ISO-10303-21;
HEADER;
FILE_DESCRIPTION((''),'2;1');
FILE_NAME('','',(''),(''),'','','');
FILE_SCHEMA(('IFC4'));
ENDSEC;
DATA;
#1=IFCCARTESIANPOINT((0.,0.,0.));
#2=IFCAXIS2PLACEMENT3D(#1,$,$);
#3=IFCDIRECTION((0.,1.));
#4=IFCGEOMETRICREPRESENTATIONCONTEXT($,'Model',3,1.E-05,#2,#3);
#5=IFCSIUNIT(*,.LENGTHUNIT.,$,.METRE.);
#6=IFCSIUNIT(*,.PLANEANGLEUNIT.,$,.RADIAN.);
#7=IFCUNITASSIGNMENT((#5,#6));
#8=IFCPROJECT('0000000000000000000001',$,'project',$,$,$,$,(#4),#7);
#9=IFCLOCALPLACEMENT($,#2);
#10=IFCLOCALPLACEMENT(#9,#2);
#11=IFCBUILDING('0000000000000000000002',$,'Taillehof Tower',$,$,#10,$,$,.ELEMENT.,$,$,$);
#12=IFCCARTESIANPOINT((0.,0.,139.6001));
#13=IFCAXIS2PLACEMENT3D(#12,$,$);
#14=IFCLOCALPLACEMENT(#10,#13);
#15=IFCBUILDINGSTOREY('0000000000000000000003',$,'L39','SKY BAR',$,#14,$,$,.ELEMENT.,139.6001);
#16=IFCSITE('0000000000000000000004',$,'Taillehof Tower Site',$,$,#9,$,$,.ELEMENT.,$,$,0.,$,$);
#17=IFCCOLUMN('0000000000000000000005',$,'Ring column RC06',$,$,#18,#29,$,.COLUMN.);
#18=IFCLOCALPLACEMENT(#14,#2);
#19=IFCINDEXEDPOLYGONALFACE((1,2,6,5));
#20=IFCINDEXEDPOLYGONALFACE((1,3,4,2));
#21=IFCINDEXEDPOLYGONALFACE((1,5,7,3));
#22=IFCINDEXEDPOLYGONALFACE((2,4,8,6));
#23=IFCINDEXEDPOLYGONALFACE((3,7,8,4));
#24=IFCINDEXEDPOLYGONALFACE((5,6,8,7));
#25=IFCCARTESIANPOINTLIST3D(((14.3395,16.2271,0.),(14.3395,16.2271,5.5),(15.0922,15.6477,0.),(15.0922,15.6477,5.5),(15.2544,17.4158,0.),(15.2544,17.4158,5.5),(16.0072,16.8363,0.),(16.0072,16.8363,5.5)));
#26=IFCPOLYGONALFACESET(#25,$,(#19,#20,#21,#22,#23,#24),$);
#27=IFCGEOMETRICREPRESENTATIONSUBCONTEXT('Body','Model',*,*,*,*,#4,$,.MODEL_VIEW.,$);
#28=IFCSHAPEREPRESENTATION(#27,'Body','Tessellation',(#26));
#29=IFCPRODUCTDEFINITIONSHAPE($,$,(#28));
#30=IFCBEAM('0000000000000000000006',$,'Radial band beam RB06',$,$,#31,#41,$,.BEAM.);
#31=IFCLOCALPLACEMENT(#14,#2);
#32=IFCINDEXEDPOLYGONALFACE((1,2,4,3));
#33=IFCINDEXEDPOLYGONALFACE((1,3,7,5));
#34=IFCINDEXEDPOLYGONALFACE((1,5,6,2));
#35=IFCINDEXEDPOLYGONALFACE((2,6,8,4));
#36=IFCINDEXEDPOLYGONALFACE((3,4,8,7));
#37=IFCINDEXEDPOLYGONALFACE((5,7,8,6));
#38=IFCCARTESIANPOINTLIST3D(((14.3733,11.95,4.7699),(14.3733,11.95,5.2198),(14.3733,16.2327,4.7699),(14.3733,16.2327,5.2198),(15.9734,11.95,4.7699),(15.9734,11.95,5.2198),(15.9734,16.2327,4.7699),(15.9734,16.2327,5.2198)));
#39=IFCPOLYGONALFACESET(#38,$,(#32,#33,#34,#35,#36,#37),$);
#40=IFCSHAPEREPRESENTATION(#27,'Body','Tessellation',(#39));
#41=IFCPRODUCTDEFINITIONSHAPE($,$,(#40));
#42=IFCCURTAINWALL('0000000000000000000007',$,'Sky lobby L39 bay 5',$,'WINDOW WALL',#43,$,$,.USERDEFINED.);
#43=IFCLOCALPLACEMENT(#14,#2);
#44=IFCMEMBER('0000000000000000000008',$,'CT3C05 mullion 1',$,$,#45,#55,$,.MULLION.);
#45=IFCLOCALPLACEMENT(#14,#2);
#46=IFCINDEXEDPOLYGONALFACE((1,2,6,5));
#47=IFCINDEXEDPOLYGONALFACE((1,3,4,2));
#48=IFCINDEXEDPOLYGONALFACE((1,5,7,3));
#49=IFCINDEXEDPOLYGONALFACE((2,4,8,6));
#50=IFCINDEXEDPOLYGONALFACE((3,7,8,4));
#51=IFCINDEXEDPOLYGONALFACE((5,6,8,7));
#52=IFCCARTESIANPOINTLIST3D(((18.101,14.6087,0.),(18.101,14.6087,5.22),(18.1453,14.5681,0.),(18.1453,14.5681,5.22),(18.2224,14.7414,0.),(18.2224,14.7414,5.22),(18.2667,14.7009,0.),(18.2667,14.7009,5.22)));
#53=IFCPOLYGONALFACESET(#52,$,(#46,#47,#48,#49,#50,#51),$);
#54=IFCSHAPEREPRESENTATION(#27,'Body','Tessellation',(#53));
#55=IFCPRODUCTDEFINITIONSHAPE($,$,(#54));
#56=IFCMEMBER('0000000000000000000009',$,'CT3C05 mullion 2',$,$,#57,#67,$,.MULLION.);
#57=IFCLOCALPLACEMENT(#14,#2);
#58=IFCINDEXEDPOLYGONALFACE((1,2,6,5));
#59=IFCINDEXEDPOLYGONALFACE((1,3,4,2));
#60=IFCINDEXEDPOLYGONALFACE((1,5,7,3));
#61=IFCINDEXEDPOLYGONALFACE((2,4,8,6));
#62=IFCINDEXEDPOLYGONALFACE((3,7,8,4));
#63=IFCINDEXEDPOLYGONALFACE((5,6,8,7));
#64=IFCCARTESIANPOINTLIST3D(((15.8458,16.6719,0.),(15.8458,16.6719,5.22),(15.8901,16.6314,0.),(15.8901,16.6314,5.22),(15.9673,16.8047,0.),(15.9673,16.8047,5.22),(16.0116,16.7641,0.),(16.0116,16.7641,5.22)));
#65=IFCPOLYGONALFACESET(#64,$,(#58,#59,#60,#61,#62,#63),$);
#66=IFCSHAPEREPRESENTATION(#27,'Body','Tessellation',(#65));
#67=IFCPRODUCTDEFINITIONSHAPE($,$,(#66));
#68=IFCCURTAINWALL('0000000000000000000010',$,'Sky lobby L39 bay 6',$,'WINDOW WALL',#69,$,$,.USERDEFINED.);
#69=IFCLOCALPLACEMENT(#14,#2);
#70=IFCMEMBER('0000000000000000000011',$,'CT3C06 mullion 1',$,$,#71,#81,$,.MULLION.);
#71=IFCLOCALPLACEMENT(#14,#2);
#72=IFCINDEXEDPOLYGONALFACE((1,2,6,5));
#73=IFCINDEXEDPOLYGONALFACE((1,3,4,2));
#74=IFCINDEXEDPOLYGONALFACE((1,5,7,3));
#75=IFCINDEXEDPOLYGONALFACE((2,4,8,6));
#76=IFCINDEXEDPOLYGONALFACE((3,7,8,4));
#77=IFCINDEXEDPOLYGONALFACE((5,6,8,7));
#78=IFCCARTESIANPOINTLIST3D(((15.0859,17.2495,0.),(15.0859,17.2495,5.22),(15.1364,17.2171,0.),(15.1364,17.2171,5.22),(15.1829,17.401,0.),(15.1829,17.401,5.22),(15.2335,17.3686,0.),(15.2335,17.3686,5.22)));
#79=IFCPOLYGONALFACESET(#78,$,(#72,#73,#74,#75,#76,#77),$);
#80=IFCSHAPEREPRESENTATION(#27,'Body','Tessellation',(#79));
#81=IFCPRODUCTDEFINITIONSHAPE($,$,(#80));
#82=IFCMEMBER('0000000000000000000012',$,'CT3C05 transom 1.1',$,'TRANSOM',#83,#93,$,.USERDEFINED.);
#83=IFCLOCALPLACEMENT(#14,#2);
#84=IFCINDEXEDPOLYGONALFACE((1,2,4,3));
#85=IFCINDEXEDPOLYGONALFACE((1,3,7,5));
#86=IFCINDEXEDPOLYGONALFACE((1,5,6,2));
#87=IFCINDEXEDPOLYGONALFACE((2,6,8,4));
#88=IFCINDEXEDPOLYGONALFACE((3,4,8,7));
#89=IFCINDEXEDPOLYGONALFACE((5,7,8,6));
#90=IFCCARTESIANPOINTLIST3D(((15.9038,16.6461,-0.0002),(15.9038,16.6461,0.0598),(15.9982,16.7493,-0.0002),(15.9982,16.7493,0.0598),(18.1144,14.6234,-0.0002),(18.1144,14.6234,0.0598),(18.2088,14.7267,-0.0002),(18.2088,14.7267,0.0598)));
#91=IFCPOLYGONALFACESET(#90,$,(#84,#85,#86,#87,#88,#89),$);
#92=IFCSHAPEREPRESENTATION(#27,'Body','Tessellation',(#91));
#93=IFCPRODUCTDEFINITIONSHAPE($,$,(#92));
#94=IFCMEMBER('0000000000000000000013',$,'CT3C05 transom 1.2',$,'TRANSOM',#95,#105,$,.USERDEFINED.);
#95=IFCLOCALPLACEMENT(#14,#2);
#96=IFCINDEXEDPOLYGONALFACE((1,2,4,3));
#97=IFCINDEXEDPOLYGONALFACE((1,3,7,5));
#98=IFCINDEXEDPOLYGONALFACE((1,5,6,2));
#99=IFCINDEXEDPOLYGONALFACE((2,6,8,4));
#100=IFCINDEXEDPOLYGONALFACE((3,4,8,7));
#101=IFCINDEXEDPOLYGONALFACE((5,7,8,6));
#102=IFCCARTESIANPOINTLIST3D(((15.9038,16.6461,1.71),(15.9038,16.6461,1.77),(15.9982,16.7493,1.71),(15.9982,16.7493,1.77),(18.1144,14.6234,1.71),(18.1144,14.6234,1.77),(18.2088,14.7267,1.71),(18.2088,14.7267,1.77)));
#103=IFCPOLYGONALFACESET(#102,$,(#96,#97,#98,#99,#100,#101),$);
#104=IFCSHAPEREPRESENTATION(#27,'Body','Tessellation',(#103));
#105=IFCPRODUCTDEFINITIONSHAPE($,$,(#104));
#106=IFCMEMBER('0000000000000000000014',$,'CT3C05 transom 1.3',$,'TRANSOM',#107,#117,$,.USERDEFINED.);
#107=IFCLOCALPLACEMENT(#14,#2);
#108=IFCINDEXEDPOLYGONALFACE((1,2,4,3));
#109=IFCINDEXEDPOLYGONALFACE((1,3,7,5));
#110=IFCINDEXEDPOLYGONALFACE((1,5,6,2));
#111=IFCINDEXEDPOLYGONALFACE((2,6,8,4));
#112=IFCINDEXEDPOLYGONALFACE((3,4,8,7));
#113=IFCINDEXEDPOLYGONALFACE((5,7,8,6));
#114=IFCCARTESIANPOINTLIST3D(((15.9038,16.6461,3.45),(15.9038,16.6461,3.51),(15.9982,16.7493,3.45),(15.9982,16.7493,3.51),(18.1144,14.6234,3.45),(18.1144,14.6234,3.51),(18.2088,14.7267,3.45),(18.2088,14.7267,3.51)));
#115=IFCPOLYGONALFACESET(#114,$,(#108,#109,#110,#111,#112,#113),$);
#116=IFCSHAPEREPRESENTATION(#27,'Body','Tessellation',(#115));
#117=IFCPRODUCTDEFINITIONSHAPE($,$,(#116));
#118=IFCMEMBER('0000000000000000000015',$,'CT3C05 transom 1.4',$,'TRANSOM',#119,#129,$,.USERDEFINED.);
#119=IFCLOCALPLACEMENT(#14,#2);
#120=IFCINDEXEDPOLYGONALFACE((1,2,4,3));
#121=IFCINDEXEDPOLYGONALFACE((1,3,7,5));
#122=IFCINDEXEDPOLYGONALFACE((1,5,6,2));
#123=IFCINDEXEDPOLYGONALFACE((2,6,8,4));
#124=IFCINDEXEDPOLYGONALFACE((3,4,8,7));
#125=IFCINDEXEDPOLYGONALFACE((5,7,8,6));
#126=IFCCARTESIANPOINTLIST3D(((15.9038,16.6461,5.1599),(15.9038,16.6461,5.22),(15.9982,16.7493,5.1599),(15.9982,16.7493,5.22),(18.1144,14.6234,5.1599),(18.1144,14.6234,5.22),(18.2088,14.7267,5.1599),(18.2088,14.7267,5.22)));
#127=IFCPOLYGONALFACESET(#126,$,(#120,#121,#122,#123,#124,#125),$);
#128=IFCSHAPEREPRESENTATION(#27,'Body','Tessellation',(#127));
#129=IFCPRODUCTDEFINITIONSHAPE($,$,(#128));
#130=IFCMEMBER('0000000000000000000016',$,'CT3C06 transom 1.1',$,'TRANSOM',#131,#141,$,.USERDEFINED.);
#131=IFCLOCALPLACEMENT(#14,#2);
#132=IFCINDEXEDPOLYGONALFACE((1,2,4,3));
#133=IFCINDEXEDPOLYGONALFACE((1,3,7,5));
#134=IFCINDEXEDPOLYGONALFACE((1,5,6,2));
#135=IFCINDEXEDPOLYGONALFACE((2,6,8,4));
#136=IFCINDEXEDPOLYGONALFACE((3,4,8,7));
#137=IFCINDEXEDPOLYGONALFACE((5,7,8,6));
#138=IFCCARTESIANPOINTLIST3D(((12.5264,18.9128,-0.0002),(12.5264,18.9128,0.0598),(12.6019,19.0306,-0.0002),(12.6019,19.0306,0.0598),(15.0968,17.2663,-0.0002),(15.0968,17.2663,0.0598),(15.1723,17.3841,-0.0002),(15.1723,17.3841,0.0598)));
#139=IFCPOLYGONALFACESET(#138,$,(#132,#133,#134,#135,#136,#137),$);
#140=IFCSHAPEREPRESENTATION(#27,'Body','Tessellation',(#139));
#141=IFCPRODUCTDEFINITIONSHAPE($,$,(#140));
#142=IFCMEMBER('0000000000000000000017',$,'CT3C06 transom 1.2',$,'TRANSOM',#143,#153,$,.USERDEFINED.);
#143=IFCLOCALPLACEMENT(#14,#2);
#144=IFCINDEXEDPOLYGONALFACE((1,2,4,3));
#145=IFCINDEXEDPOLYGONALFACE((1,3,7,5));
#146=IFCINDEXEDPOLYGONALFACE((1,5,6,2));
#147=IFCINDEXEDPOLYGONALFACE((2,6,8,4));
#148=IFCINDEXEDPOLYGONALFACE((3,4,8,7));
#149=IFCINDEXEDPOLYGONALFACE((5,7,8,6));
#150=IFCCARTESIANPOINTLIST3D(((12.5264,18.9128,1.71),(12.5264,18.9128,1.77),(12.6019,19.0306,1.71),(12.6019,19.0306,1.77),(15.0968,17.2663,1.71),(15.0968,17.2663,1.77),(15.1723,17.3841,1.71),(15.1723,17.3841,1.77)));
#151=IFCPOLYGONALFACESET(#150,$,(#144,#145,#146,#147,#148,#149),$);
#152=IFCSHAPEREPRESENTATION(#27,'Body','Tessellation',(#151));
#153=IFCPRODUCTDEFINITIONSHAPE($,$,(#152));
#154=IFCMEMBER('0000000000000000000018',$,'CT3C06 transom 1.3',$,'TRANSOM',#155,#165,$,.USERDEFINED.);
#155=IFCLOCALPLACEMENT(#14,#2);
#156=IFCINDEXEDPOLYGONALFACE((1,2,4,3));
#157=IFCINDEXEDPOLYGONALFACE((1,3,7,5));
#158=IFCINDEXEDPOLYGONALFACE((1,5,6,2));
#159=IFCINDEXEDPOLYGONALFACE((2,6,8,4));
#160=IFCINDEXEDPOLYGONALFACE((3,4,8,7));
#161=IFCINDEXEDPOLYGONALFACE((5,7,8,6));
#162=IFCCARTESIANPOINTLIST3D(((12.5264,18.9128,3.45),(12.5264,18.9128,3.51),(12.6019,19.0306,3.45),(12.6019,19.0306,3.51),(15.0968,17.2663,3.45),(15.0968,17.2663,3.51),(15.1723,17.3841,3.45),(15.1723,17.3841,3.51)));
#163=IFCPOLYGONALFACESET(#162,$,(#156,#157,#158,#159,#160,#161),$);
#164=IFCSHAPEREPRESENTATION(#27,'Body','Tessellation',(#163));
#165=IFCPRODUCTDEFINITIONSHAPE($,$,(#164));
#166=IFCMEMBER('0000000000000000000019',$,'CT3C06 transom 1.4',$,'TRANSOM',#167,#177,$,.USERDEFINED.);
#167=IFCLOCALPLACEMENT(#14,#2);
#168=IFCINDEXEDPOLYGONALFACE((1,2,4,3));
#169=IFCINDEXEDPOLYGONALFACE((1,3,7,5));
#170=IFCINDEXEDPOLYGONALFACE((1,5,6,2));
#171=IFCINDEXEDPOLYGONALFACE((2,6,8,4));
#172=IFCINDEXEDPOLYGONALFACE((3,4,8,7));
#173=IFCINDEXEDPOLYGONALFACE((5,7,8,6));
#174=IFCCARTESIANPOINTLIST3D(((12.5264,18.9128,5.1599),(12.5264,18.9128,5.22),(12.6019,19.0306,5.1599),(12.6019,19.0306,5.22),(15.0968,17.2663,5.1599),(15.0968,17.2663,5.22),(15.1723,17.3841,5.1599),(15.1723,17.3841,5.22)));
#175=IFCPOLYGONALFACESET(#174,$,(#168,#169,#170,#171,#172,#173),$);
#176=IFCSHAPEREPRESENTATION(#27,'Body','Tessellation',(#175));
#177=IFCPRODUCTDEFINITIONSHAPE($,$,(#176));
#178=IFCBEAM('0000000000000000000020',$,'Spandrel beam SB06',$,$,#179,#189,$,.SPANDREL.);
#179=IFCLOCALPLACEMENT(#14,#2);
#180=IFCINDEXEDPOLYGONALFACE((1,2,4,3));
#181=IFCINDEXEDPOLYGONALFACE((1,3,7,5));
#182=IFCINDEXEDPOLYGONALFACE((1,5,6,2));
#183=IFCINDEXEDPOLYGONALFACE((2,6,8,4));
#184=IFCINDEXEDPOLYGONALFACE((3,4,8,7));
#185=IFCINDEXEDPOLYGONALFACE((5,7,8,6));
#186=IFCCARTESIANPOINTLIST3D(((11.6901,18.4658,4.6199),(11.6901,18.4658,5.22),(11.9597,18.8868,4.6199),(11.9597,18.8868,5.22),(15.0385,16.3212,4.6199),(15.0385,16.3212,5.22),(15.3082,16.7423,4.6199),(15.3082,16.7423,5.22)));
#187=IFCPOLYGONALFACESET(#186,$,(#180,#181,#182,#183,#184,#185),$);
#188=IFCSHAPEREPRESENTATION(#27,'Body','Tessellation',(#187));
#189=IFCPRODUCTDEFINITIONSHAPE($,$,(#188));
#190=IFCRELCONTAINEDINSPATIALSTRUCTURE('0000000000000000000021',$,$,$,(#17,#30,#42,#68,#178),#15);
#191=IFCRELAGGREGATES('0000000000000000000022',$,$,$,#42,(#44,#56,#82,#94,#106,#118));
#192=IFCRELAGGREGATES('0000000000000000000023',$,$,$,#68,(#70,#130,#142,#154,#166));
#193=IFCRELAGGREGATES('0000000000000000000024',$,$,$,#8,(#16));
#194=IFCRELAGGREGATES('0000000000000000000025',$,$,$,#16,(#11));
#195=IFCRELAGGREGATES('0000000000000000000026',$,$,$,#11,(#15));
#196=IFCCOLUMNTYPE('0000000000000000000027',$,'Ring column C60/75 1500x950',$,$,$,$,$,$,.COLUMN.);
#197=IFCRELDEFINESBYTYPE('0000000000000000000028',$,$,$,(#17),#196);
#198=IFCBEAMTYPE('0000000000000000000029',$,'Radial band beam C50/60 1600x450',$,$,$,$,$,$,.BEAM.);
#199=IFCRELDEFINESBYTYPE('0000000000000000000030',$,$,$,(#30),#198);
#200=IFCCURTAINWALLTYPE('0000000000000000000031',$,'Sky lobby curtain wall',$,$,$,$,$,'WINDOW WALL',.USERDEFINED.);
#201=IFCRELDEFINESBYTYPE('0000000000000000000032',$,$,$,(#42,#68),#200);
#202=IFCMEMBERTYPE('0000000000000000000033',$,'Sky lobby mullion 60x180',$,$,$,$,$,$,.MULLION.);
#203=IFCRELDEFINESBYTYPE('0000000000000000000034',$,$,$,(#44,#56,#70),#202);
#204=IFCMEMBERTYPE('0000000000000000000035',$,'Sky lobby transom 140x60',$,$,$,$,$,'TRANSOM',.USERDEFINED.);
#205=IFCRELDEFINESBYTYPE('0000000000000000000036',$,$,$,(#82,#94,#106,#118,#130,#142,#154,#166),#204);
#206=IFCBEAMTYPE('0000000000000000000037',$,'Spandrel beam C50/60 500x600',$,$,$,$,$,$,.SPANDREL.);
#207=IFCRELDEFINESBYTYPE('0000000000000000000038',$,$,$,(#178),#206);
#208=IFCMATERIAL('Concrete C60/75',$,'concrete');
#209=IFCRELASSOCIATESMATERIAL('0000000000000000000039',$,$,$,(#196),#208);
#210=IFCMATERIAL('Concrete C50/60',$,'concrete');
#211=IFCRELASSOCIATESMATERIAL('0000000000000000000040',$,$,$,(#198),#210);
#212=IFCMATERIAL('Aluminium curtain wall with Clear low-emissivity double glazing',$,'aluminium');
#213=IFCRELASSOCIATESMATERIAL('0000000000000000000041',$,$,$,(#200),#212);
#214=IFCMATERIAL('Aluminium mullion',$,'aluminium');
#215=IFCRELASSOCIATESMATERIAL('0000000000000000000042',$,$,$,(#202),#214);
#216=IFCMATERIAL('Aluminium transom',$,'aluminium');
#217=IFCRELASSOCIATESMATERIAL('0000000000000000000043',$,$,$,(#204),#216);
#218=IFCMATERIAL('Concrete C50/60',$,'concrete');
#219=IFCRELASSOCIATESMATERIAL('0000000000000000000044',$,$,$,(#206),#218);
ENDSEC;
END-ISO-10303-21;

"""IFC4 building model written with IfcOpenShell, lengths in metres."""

from ifc_helpers import new_model, si_unit, direction, frame, origin, origin_2d, place, context, subcontext, project, spatial, rectangle, extrude, material, material_profile, profile_set, type_object, element, aggregate, save


model = new_model("IFC4")

# Units and contexts
model_context = context("Model", 3, precision=1e-05, world=origin(), true_north=direction((0.0, 1.0)))
body_context = subcontext(model_context, "Body", "Model", "MODEL_VIEW")
ifc_project = project(units=[si_unit("LENGTHUNIT", "METRE"), si_unit("PLANEANGLEUNIT", "RADIAN")], contexts=[model_context])

# Site, building, storey
site_placement = place(None, origin())
site = spatial("IfcSite", under=ifc_project, at=site_placement, Name="Taillehof Tower Site", CompositionType="ELEMENT", RefElevation=0.0)
building_placement = place(site_placement, origin())
building = spatial("IfcBuilding", under=site, at=building_placement, Name="Taillehof Tower", CompositionType="ELEMENT")
storey_placement = place(building_placement, frame((0.0, 0.0, 139.6001)))
storey = spatial("IfcBuildingStorey", under=building, at=storey_placement, Name="L39", Description="SKY BAR", CompositionType="ELEMENT", Elevation=139.6001)

# Column
ifc_material_1 = material(Name="Concrete C60/75", Category="concrete")
ifc_material_profile_1 = material_profile(ifc_material_1, rectangle(XDim=1.5, YDim=0.95, at=origin_2d()), Name="RC 1500x950")
ifc_profile_set_1 = profile_set([ifc_material_profile_1], Name="Concrete C60/75")
column_type = type_object("IfcColumnType", Name="Ring column C60/75 1500x950", PredefinedType="COLUMN", material=ifc_profile_set_1)
column_placement = place(storey_placement, frame((15.1733, 16.5317, 0.0), z_axis=(0.0, 0.0, 1.0), x_axis=(0.609971, 0.792424, 0.0)))
element("IfcColumn", 1, at=column_placement, inside=storey, type_object=column_type, Name="Ring column RC06", PredefinedType="COLUMN", context=body_context, shape_type="SweptSolid", body=[
    extrude(rectangle(XDim=1.5, YDim=0.95, at=origin_2d()), origin(), (0.0, 0.0, 1.0), 5.5),
])

# Beam
ifc_material_2 = material(Name="Concrete C50/60", Category="concrete")
ifc_material_profile_2 = material_profile(ifc_material_2, rectangle(XDim=1.6001, YDim=0.45, at=origin_2d()), Name="RC 1600x450")
ifc_profile_set_2 = profile_set([ifc_material_profile_2], Name="Concrete C50/60")
beam_type_1 = type_object("IfcBeamType", Name="Radial band beam C50/60 1600x450", PredefinedType="BEAM", material=ifc_profile_set_2)
beam_1_placement = place(storey_placement, frame((15.1733, 16.2327, 4.9949), z_axis=(0.0, -1.0, 0.0), x_axis=(1.0, 0.0, 0.0)))
element("IfcBeam", 2, at=beam_1_placement, inside=storey, type_object=beam_type_1, Name="Radial band beam RB06", PredefinedType="BEAM", context=body_context, shape_type="SweptSolid", body=[
    extrude(rectangle(XDim=1.6001, YDim=0.45, at=origin_2d()), origin(), (0.0, 0.0, 1.0), 4.2827),
])

# Curtain wall, members
ifc_material_3 = material(Name="Aluminium curtain wall with Clear low-emissivity double glazing", Category="aluminium")
curtain_wall_type = type_object("IfcCurtainWallType", Name="Sky lobby curtain wall", ElementType="WINDOW WALL", PredefinedType="USERDEFINED", material=ifc_material_3)
curtain_wall_1_placement = place(storey_placement, origin())
curtain_wall_1 = element("IfcCurtainWall", 3, at=curtain_wall_1_placement, inside=storey, type_object=curtain_wall_type, Name="Sky lobby L39 bay 5", ObjectType="WINDOW WALL", PredefinedType="USERDEFINED")
ifc_material_4 = material(Name="Aluminium mullion", Category="aluminium")
ifc_material_profile_3 = material_profile(ifc_material_4, rectangle(XDim=0.1799, YDim=0.0601, at=origin_2d()), Name="AL 60x180")
ifc_profile_set_3 = profile_set([ifc_material_profile_3], Name="Aluminium mullion")
member_type_1 = type_object("IfcMemberType", Name="Sky lobby mullion 60x180", PredefinedType="MULLION", material=ifc_profile_set_3)
member_1_placement = place(storey_placement, frame((18.1838, 14.6548, 0.0), z_axis=(0.0, 0.0, 1.0), x_axis=(-0.67499, -0.737827, 0.0)))
member_1 = element("IfcMember", 4, at=member_1_placement, type_object=member_type_1, Name="CT3C05 mullion 1", PredefinedType="MULLION", context=body_context, shape_type="SweptSolid", body=[
    extrude(rectangle(XDim=0.1799, YDim=0.0601, at=origin_2d()), origin(), (0.0, 0.0, 1.0), 5.22),
])
member_2_placement = place(storey_placement, frame((15.9287, 16.718, 0.0), z_axis=(0.0, 0.0, 1.0), x_axis=(-0.67499, -0.737827, 0.0)))
member_2 = element("IfcMember", 5, at=member_2_placement, type_object=member_type_1, Name="CT3C05 mullion 2", PredefinedType="MULLION", context=body_context, shape_type="SweptSolid", body=[
    extrude(rectangle(XDim=0.1799, YDim=0.0601, at=origin_2d()), origin(), (0.0, 0.0, 1.0), 5.22),
])

# Curtain wall, member
curtain_wall_2_placement = place(storey_placement, origin())
curtain_wall_2 = element("IfcCurtainWall", 6, at=curtain_wall_2_placement, inside=storey, type_object=curtain_wall_type, Name="Sky lobby L39 bay 6", ObjectType="WINDOW WALL", PredefinedType="USERDEFINED")
member_3_placement = place(storey_placement, frame((15.1597, 17.3091, 0.0), z_axis=(0.0, 0.0, 1.0), x_axis=(-0.539394, -0.842053, 0.0)))
member_3 = element("IfcMember", 7, at=member_3_placement, type_object=member_type_1, Name="CT3C06 mullion 1", PredefinedType="MULLION", context=body_context, shape_type="SweptSolid", body=[
    extrude(rectangle(XDim=0.1799, YDim=0.0601, at=origin_2d()), origin(), (0.0, 0.0, 1.0), 5.22),
])

# Members
ifc_material_5 = material(Name="Aluminium transom", Category="aluminium")
ifc_material_profile_4 = material_profile(ifc_material_5, rectangle(XDim=0.1399, YDim=0.0601, at=origin_2d()), Name="AL 140x60")
ifc_profile_set_4 = profile_set([ifc_material_profile_4], Name="Aluminium transom")
member_type_2 = type_object("IfcMemberType", Name="Sky lobby transom 140x60", ElementType="TRANSOM", PredefinedType="USERDEFINED", material=ifc_profile_set_4)
member_4_placement = place(storey_placement, frame((18.1616, 14.675, 0.0298), z_axis=(-0.73778, 0.675042, 0.0), x_axis=(-0.675042, -0.73778, 0.0)))
member_4 = element("IfcMember", 8, at=member_4_placement, type_object=member_type_2, Name="CT3C05 transom 1.1", ObjectType="TRANSOM", PredefinedType="USERDEFINED", context=body_context, shape_type="SweptSolid", body=[
    extrude(rectangle(XDim=0.1399, YDim=0.0601, at=origin_2d()), origin(), (0.0, 0.0, 1.0), 2.9963),
])
member_5_placement = place(storey_placement, frame((18.1616, 14.675, 1.74), z_axis=(-0.73778, 0.675042, 0.0), x_axis=(-0.675042, -0.73778, 0.0)))
member_5 = element("IfcMember", 9, at=member_5_placement, type_object=member_type_2, Name="CT3C05 transom 1.2", ObjectType="TRANSOM", PredefinedType="USERDEFINED", context=body_context, shape_type="SweptSolid", body=[
    extrude(rectangle(XDim=0.1399, YDim=0.0601, at=origin_2d()), origin(), (0.0, 0.0, 1.0), 2.9963),
])
member_6_placement = place(storey_placement, frame((18.1616, 14.675, 3.48), z_axis=(-0.73778, 0.675042, 0.0), x_axis=(-0.675042, -0.73778, 0.0)))
member_6 = element("IfcMember", 10, at=member_6_placement, type_object=member_type_2, Name="CT3C05 transom 1.3", ObjectType="TRANSOM", PredefinedType="USERDEFINED", context=body_context, shape_type="SweptSolid", body=[
    extrude(rectangle(XDim=0.1399, YDim=0.0601, at=origin_2d()), origin(), (0.0, 0.0, 1.0), 2.9963),
])
member_7_placement = place(storey_placement, frame((18.1616, 14.675, 5.1899), z_axis=(-0.73778, 0.675042, 0.0), x_axis=(-0.675042, -0.73778, 0.0)))
member_7 = element("IfcMember", 11, at=member_7_placement, type_object=member_type_2, Name="CT3C05 transom 1.4", ObjectType="TRANSOM", PredefinedType="USERDEFINED", context=body_context, shape_type="SweptSolid", body=[
    extrude(rectangle(XDim=0.1399, YDim=0.0601, at=origin_2d()), origin(), (0.0, 0.0, 1.0), 2.9963),
])
member_8_placement = place(storey_placement, frame((15.1345, 17.3252, 0.0298), z_axis=(-0.842051, 0.539399, 0.0), x_axis=(-0.539399, -0.842051, 0.0)))
member_8 = element("IfcMember", 12, at=member_8_placement, type_object=member_type_2, Name="CT3C06 transom 1.1", ObjectType="TRANSOM", PredefinedType="USERDEFINED", context=body_context, shape_type="SweptSolid", body=[
    extrude(rectangle(XDim=0.1399, YDim=0.0601, at=origin_2d()), origin(), (0.0, 0.0, 1.0), 3.0525),
])
member_9_placement = place(storey_placement, frame((15.1345, 17.3252, 1.74), z_axis=(-0.842051, 0.539399, 0.0), x_axis=(-0.539399, -0.842051, 0.0)))
member_9 = element("IfcMember", 13, at=member_9_placement, type_object=member_type_2, Name="CT3C06 transom 1.2", ObjectType="TRANSOM", PredefinedType="USERDEFINED", context=body_context, shape_type="SweptSolid", body=[
    extrude(rectangle(XDim=0.1399, YDim=0.0601, at=origin_2d()), origin(), (0.0, 0.0, 1.0), 3.0525),
])
member_10_placement = place(storey_placement, frame((15.1345, 17.3252, 3.48), z_axis=(-0.842051, 0.539399, 0.0), x_axis=(-0.539399, -0.842051, 0.0)))
member_10 = element("IfcMember", 14, at=member_10_placement, type_object=member_type_2, Name="CT3C06 transom 1.3", ObjectType="TRANSOM", PredefinedType="USERDEFINED", context=body_context, shape_type="SweptSolid", body=[
    extrude(rectangle(XDim=0.1399, YDim=0.0601, at=origin_2d()), origin(), (0.0, 0.0, 1.0), 3.0525),
])
member_11_placement = place(storey_placement, frame((15.1345, 17.3252, 5.1899), z_axis=(-0.842051, 0.539399, 0.0), x_axis=(-0.539399, -0.842051, 0.0)))
member_11 = element("IfcMember", 15, at=member_11_placement, type_object=member_type_2, Name="CT3C06 transom 1.4", ObjectType="TRANSOM", PredefinedType="USERDEFINED", context=body_context, shape_type="SweptSolid", body=[
    extrude(rectangle(XDim=0.1399, YDim=0.0601, at=origin_2d()), origin(), (0.0, 0.0, 1.0), 3.0525),
])

# Beam
ifc_material_6 = material(Name="Concrete C50/60", Category="concrete")
ifc_material_profile_5 = material_profile(ifc_material_6, rectangle(XDim=0.5, YDim=0.6001, at=origin_2d()), Name="RC 500x600")
ifc_profile_set_5 = profile_set([ifc_material_profile_5], Name="Concrete C50/60")
beam_type_2 = type_object("IfcBeamType", Name="Spandrel beam C50/60 500x600", PredefinedType="SPANDREL", material=ifc_profile_set_5)
beam_2_placement = place(storey_placement, frame((15.1733, 16.5317, 4.9199), z_axis=(-0.842093, 0.539332, 0.0), x_axis=(-0.539332, -0.842093, 0.0)))
element("IfcBeam", 16, at=beam_2_placement, inside=storey, type_object=beam_type_2, Name="Spandrel beam SB06", PredefinedType="SPANDREL", context=body_context, shape_type="SweptSolid", body=[
    extrude(rectangle(XDim=0.5, YDim=0.6001, at=origin_2d()), origin(), (0.0, 0.0, 1.0), 3.9763),
])

aggregate(curtain_wall_1, [member_1, member_2, member_4, member_5, member_6, member_7])
aggregate(curtain_wall_2, [member_3, member_8, member_9, member_10, member_11])

save(model, "model.ifc")
